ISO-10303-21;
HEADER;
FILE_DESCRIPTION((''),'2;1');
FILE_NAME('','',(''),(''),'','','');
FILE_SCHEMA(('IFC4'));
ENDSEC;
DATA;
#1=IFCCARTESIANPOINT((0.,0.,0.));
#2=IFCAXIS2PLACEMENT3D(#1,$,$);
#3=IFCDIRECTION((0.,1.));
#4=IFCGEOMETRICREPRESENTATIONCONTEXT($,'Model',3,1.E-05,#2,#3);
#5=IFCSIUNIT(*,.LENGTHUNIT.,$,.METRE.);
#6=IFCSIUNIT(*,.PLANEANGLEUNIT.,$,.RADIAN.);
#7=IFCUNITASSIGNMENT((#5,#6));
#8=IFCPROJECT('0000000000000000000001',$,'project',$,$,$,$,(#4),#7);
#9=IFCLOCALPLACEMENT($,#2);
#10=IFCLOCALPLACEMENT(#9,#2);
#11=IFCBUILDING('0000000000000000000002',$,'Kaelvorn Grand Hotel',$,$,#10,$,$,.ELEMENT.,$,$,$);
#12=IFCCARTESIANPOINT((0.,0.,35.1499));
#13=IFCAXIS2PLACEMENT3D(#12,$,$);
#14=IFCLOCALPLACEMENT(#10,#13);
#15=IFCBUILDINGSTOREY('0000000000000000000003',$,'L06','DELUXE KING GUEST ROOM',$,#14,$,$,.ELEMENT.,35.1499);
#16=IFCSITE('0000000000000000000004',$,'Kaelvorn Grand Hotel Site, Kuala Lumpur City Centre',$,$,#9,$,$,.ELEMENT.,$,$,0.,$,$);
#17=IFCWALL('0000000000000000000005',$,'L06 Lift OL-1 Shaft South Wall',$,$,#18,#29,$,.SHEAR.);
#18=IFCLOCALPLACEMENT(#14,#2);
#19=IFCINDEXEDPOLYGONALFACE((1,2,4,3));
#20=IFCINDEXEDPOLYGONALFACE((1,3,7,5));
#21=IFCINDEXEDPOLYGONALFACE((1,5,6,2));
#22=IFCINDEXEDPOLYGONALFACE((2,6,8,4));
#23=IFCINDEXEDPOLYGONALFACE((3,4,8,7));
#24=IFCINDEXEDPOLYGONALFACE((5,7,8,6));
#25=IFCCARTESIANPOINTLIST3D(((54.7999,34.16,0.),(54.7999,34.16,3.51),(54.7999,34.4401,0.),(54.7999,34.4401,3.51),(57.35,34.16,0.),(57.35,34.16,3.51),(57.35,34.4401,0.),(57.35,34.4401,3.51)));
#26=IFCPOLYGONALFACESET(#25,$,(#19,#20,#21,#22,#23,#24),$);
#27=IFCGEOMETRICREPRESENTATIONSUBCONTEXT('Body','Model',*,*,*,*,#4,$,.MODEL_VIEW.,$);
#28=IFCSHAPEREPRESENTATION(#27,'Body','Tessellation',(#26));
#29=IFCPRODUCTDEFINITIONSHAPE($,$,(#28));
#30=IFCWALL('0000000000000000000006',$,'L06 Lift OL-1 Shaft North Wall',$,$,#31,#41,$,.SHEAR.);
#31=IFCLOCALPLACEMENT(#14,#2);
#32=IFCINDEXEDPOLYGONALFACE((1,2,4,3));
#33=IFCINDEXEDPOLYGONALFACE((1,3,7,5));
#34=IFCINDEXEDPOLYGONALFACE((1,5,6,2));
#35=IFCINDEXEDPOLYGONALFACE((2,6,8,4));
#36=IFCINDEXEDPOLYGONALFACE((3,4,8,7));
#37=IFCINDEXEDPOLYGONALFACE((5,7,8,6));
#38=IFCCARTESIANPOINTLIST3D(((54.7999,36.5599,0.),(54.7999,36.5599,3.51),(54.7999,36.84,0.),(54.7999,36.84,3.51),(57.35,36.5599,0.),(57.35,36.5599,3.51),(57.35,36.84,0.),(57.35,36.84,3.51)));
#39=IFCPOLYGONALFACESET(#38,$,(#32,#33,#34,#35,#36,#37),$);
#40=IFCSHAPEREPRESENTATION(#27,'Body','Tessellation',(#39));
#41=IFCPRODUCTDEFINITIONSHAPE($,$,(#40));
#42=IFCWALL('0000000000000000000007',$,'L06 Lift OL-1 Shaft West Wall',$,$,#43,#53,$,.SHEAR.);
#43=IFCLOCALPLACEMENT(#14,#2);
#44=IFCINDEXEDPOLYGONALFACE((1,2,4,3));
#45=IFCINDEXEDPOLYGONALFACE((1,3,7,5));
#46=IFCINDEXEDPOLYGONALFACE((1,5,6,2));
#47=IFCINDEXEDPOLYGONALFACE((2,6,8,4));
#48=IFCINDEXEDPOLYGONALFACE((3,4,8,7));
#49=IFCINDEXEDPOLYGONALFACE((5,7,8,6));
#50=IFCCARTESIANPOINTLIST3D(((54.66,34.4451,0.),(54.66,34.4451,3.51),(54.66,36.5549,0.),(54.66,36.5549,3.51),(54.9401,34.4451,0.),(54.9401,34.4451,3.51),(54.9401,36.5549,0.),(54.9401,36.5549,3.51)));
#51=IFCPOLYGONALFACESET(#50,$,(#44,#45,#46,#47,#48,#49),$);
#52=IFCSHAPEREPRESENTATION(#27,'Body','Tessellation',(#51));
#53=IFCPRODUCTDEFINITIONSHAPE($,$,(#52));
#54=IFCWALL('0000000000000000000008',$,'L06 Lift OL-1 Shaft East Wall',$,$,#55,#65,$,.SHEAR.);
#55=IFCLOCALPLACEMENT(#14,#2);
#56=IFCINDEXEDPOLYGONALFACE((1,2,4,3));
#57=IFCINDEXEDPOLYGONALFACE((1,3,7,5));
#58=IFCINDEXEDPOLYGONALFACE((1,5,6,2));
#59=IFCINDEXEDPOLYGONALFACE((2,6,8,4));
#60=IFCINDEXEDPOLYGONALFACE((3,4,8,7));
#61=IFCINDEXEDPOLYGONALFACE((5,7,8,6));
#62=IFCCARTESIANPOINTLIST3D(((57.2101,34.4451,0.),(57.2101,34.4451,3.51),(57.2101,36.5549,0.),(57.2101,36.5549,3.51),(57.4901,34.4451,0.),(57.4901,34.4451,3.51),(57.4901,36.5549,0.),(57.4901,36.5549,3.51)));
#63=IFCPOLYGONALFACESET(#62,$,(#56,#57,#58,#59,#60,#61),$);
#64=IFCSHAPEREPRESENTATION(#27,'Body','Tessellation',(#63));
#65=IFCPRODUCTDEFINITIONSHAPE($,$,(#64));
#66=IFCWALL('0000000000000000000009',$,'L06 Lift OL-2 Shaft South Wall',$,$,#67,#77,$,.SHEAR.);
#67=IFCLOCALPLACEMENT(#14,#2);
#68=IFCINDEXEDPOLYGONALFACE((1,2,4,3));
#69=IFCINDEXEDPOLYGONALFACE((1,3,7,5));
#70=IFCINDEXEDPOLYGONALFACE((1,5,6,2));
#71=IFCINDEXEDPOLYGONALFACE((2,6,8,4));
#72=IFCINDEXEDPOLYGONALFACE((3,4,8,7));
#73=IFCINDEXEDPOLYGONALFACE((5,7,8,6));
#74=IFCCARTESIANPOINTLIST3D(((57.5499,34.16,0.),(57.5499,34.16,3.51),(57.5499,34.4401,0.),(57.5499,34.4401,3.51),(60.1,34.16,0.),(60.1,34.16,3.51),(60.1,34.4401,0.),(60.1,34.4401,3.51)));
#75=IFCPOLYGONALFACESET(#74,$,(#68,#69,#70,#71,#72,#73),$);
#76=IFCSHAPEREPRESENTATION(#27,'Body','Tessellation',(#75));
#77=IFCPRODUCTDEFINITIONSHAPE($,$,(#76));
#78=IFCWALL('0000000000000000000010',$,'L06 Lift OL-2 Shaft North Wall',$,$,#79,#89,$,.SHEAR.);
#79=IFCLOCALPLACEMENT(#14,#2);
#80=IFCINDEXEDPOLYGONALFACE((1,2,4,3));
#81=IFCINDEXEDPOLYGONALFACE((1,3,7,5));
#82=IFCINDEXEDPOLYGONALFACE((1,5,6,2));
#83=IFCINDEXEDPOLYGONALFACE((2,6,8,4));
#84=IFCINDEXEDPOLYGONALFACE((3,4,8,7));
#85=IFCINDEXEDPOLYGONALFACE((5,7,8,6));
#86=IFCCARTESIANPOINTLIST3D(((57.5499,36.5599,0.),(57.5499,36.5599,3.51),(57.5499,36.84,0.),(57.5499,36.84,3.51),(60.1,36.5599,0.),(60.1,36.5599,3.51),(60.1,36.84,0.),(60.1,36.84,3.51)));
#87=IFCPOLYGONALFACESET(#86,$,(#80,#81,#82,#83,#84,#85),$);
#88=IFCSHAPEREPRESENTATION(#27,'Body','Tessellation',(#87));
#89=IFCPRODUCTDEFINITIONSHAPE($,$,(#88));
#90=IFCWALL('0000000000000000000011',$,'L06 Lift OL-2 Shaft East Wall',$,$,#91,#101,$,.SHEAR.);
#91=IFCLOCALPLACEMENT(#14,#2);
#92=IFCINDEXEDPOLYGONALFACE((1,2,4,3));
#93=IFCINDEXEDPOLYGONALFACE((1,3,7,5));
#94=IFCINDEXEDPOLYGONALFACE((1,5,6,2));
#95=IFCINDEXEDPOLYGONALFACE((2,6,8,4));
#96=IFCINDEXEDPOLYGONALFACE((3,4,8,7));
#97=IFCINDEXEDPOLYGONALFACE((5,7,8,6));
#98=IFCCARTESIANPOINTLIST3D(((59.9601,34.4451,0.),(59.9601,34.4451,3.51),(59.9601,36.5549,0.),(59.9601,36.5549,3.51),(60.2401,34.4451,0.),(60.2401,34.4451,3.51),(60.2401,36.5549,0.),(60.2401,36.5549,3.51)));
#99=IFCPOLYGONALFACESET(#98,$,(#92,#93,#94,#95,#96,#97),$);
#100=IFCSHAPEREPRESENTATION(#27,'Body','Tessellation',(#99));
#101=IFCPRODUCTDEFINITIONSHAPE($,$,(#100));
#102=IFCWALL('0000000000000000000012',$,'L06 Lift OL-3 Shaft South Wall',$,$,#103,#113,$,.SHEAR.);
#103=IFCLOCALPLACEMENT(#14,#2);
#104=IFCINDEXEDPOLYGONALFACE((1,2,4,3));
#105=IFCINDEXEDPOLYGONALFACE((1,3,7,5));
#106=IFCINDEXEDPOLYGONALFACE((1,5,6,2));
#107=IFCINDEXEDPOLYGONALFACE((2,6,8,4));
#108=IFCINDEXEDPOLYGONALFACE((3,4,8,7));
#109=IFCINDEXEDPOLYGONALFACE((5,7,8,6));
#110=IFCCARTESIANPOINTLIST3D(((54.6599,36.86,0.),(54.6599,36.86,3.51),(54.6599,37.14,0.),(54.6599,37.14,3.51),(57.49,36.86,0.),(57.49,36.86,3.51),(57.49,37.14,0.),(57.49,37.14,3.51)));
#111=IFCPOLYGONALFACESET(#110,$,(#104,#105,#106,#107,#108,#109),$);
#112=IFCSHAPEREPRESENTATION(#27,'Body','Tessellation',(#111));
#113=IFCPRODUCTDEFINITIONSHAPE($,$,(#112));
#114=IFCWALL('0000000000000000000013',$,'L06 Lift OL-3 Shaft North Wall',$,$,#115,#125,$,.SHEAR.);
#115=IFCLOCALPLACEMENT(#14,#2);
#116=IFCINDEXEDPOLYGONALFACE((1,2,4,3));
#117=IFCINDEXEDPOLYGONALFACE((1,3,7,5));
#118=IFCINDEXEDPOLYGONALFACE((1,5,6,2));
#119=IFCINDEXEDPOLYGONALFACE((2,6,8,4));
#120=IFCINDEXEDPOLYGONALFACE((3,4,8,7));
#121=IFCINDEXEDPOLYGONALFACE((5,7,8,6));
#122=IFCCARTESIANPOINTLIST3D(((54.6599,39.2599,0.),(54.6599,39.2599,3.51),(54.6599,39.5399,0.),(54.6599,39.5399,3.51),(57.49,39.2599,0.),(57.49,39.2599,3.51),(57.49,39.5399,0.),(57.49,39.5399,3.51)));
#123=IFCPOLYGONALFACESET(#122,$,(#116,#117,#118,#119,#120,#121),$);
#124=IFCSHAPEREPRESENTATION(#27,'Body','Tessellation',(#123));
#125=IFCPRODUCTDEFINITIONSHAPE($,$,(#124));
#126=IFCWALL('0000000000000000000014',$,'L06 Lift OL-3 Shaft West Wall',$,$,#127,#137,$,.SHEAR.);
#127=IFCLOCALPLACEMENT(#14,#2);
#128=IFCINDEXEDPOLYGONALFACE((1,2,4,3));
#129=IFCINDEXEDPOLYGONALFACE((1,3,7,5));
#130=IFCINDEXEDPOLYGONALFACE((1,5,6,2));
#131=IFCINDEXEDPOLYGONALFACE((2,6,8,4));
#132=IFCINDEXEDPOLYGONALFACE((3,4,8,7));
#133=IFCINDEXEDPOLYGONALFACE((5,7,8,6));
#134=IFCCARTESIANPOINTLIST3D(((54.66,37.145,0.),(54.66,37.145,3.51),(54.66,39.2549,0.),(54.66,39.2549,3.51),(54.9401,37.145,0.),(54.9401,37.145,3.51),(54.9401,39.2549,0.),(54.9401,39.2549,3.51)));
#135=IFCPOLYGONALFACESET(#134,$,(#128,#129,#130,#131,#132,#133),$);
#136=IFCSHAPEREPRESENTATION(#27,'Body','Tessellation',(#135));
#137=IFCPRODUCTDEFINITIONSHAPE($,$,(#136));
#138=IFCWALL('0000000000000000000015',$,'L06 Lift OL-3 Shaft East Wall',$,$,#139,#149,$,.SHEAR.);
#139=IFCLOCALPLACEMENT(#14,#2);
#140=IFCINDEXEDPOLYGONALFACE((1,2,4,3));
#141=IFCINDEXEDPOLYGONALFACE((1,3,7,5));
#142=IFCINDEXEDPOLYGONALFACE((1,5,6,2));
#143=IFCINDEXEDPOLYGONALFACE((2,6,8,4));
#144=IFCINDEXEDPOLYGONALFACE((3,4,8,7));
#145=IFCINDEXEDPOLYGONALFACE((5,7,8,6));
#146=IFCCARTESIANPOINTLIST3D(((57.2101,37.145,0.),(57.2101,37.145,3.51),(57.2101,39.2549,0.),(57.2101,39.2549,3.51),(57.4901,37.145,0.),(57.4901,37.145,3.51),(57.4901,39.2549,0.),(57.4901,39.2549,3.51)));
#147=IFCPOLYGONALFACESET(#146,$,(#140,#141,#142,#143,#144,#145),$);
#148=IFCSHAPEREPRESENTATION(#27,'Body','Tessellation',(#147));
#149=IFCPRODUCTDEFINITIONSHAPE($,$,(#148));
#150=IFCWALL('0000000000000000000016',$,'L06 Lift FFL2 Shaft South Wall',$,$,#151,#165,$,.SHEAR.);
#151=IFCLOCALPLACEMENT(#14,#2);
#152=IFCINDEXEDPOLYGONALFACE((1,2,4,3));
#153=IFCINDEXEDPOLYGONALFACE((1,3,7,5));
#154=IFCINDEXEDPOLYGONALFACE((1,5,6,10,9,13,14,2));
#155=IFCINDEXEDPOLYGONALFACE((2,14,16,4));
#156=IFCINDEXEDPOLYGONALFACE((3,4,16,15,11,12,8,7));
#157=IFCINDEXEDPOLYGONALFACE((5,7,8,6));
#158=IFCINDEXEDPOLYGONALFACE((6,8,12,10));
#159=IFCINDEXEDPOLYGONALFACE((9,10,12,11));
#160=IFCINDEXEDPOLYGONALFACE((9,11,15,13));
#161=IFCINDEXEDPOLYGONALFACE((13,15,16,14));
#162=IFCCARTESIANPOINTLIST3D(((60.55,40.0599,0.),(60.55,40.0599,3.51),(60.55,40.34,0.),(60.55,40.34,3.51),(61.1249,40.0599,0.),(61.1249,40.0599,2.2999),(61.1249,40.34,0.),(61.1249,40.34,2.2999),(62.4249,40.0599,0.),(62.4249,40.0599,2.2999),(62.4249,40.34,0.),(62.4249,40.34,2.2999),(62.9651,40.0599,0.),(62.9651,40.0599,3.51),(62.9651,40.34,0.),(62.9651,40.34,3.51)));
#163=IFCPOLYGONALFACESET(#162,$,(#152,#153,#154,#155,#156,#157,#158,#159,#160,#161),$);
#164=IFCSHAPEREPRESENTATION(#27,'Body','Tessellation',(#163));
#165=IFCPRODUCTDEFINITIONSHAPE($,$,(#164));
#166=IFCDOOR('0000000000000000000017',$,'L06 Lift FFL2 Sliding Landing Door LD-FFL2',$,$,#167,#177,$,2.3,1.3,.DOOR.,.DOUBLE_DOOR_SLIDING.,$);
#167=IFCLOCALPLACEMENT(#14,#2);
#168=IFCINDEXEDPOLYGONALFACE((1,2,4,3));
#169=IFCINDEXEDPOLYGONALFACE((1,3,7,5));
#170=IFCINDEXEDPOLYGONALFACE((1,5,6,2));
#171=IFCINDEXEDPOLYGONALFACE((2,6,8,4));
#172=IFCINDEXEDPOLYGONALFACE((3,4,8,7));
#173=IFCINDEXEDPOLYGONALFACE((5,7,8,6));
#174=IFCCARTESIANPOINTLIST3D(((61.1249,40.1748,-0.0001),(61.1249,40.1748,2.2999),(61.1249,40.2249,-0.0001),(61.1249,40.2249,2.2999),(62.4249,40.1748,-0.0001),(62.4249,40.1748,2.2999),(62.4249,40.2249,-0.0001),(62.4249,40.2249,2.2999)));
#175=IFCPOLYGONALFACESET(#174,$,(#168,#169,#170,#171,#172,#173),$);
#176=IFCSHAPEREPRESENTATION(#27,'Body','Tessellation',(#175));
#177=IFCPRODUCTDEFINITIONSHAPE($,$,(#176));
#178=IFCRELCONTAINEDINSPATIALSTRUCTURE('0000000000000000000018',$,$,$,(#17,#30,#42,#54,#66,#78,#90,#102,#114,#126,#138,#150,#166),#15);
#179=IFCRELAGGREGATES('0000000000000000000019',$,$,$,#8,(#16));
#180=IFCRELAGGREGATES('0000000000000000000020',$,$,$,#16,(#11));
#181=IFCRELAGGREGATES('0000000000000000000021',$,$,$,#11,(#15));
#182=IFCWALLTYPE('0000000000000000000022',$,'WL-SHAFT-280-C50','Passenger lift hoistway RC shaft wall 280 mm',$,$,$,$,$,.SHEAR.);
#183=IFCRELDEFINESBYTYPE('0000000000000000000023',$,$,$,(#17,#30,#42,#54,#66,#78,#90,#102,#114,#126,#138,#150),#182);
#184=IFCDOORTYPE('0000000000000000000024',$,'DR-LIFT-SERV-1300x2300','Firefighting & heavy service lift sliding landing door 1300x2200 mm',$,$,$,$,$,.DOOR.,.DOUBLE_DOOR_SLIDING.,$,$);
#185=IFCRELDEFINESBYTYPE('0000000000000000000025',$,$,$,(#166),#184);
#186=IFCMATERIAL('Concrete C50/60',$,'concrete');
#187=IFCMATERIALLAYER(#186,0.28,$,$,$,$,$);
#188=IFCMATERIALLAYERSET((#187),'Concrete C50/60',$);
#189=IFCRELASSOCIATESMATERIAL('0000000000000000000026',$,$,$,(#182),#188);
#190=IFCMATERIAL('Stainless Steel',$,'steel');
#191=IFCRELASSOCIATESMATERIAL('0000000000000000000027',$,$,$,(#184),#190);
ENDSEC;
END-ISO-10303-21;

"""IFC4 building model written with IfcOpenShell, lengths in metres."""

from ifc_helpers import new_model, si_unit, direction, frame, frame_2d, origin, place, context, subcontext, project, spatial, rectangle, extrude, material, layer, layer_set, type_object, element, fill, save


model = new_model("IFC4")

# Units and contexts
model_context = context("Model", 3, precision=1e-05, world=origin(), true_north=direction((0.0, 1.0)))
body_context = subcontext(model_context, "Body", "Model", "MODEL_VIEW")
ifc_project = project(units=[si_unit("LENGTHUNIT", "METRE"), si_unit("PLANEANGLEUNIT", "RADIAN")], contexts=[model_context])

# Site, building, storey
site_placement = place(None, origin())
site = spatial("IfcSite", under=ifc_project, at=site_placement, Name="Kaelvorn Grand Hotel Site, Kuala Lumpur City Centre", CompositionType="ELEMENT", RefElevation=0.0)
building_placement = place(site_placement, origin())
building = spatial("IfcBuilding", under=site, at=building_placement, Name="Kaelvorn Grand Hotel", CompositionType="ELEMENT")
storey_placement = place(building_placement, frame((0.0, 0.0, 35.1499)))
storey = spatial("IfcBuildingStorey", under=building, at=storey_placement, Name="L06", Description="DELUXE KING GUEST ROOM", CompositionType="ELEMENT", Elevation=35.1499)

# Walls
ifc_material_1 = material(Name="Concrete C50/60", Category="concrete")
ifc_layer_1 = layer(ifc_material_1, 0.28)
ifc_layer_set_1 = layer_set([ifc_layer_1], Name="Concrete C50/60")
wall_type_1 = type_object("IfcWallType", Name="WL-SHAFT-280-C50", Description="Passenger lift hoistway RC shaft wall 280 mm", PredefinedType="SHEAR", material=ifc_layer_set_1)
for number, where, z_axis, x_axis, name in (
    (1, (54.8, 34.3, 0.0), (0.0, 0.0, 1.0), (1.0, 0.0, 0.0), "L06 Lift OL-1 Shaft South Wall"),
    (2, (54.8, 36.7, 0.0), (0.0, 0.0, 1.0), (1.0, 0.0, 0.0), "L06 Lift OL-1 Shaft North Wall"),
):
    element("IfcWall", number, at=place(storey_placement, frame(where, z_axis=z_axis, x_axis=x_axis)), inside=storey, type_object=wall_type_1, Name=name, PredefinedType="SHEAR", context=body_context, shape_type="SweptSolid", body=[
        extrude(rectangle(XDim=2.55, YDim=0.28, at=frame_2d((1.2749, 0.0))), origin(), (0.0, 0.0, 1.0), 3.51),
    ])
for number, where, z_axis, x_axis, name in (
    (3, (54.8, 34.4451, 0.0), (0.0, 0.0, 1.0), (0.0, 1.0, 0.0), "L06 Lift OL-1 Shaft West Wall"),
    (4, (57.3501, 34.4451, 0.0), (0.0, 0.0, 1.0), (0.0, 1.0, 0.0), "L06 Lift OL-1 Shaft East Wall"),
):
    element("IfcWall", number, at=place(storey_placement, frame(where, z_axis=z_axis, x_axis=x_axis)), inside=storey, type_object=wall_type_1, Name=name, PredefinedType="SHEAR", context=body_context, shape_type="SweptSolid", body=[
        extrude(rectangle(XDim=2.1099, YDim=0.28, at=frame_2d((1.0549, 0.0))), origin(), (0.0, 0.0, 1.0), 3.51),
    ])
for number, where, z_axis, x_axis, name in (
    (5, (57.55, 34.3, 0.0), (0.0, 0.0, 1.0), (1.0, 0.0, 0.0), "L06 Lift OL-2 Shaft South Wall"),
    (6, (57.55, 36.7, 0.0), (0.0, 0.0, 1.0), (1.0, 0.0, 0.0), "L06 Lift OL-2 Shaft North Wall"),
):
    element("IfcWall", number, at=place(storey_placement, frame(where, z_axis=z_axis, x_axis=x_axis)), inside=storey, type_object=wall_type_1, Name=name, PredefinedType="SHEAR", context=body_context, shape_type="SweptSolid", body=[
        extrude(rectangle(XDim=2.55, YDim=0.28, at=frame_2d((1.2749, 0.0))), origin(), (0.0, 0.0, 1.0), 3.51),
    ])
wall_1_placement = place(storey_placement, frame((60.1001, 34.4451, 0.0), z_axis=(0.0, 0.0, 1.0), x_axis=(0.0, 1.0, 0.0)))
element("IfcWall", 7, at=wall_1_placement, inside=storey, type_object=wall_type_1, Name="L06 Lift OL-2 Shaft East Wall", PredefinedType="SHEAR", context=body_context, shape_type="SweptSolid", body=[
    extrude(rectangle(XDim=2.1099, YDim=0.28, at=frame_2d((1.0549, 0.0))), origin(), (0.0, 0.0, 1.0), 3.51),
])
for number, where, z_axis, x_axis, name in (
    (8, (54.6599, 37.0, 0.0), (0.0, 0.0, 1.0), (1.0, 0.0, 0.0), "L06 Lift OL-3 Shaft South Wall"),
    (9, (54.6599, 39.3999, 0.0), (0.0, 0.0, 1.0), (1.0, 0.0, 0.0), "L06 Lift OL-3 Shaft North Wall"),
):
    element("IfcWall", number, at=place(storey_placement, frame(where, z_axis=z_axis, x_axis=x_axis)), inside=storey, type_object=wall_type_1, Name=name, PredefinedType="SHEAR", context=body_context, shape_type="SweptSolid", body=[
        extrude(rectangle(XDim=2.8301, YDim=0.28, at=frame_2d((1.415, 0.0))), origin(), (0.0, 0.0, 1.0), 3.51),
    ])
for number, where, z_axis, x_axis, name in (
    (10, (54.8, 37.145, 0.0), (0.0, 0.0, 1.0), (0.0, 1.0, 0.0), "L06 Lift OL-3 Shaft West Wall"),
    (11, (57.3501, 37.145, 0.0), (0.0, 0.0, 1.0), (0.0, 1.0, 0.0), "L06 Lift OL-3 Shaft East Wall"),
):
    element("IfcWall", number, at=place(storey_placement, frame(where, z_axis=z_axis, x_axis=x_axis)), inside=storey, type_object=wall_type_1, Name=name, PredefinedType="SHEAR", context=body_context, shape_type="SweptSolid", body=[
        extrude(rectangle(XDim=2.1099, YDim=0.28, at=frame_2d((1.0549, 0.0))), origin(), (0.0, 0.0, 1.0), 3.51),
    ])

# Wall, opening, door
wall_2_placement = place(storey_placement, frame((60.55, 40.2, 0.0), z_axis=(0.0, 0.0, 1.0), x_axis=(1.0, 0.0, 0.0)))
wall_2 = element("IfcWall", 12, at=wall_2_placement, inside=storey, type_object=wall_type_1, Name="L06 Lift FFL2 Shaft South Wall", PredefinedType="SHEAR", context=body_context, shape_type="SweptSolid", body=[
    extrude(rectangle(XDim=2.415, YDim=0.28, at=frame_2d((1.2075, 0.0))), origin(), (0.0, 0.0, 1.0), 3.51),
])
opening_1_placement = place(wall_2_placement, frame((0.575, 0.0, 0.0)))
opening_1 = element("IfcOpeningElement", 13, at=opening_1_placement, cuts=wall_2, PredefinedType="OPENING", context=body_context, shape_type="SweptSolid", body=[
    extrude(rectangle(XDim=1.3, YDim=2.3, at=frame_2d((0.6499, 1.1499))), frame((0.0, 0.1499, 0.0), z_axis=(0.0, -1.0, 0.0), x_axis=(1.0, 0.0, 0.0)), (0.0, 0.0, 1.0), 0.3),
])
ifc_material_2 = material(Name="Stainless Steel", Category="steel")
door_type_1 = type_object("IfcDoorType", Name="DR-LIFT-SERV-1300x2300", Description="Firefighting & heavy service lift sliding landing door 1300x2200 mm", OperationType="DOUBLE_DOOR_SLIDING", PredefinedType="DOOR", material=ifc_material_2)
door_1_placement = place(opening_1_placement, origin())
door_1 = element("IfcDoor", 14, at=door_1_placement, inside=storey, type_object=door_type_1, Name="L06 Lift FFL2 Sliding Landing Door LD-FFL2", OperationType="DOUBLE_DOOR_SLIDING", OverallHeight=2.3, OverallWidth=1.3, PredefinedType="DOOR", context=body_context, shape_type="SweptSolid", body=[
    extrude(rectangle(XDim=1.3, YDim=2.3, at=frame_2d((0.6499, 1.1499))), frame((0.0, 0.0249, 0.0), z_axis=(0.0, -1.0, 0.0), x_axis=(1.0, 0.0, 0.0)), (0.0, 0.0, 1.0), 0.05),
])
fill(opening_1, door_1)

save(model, "model.ifc")
